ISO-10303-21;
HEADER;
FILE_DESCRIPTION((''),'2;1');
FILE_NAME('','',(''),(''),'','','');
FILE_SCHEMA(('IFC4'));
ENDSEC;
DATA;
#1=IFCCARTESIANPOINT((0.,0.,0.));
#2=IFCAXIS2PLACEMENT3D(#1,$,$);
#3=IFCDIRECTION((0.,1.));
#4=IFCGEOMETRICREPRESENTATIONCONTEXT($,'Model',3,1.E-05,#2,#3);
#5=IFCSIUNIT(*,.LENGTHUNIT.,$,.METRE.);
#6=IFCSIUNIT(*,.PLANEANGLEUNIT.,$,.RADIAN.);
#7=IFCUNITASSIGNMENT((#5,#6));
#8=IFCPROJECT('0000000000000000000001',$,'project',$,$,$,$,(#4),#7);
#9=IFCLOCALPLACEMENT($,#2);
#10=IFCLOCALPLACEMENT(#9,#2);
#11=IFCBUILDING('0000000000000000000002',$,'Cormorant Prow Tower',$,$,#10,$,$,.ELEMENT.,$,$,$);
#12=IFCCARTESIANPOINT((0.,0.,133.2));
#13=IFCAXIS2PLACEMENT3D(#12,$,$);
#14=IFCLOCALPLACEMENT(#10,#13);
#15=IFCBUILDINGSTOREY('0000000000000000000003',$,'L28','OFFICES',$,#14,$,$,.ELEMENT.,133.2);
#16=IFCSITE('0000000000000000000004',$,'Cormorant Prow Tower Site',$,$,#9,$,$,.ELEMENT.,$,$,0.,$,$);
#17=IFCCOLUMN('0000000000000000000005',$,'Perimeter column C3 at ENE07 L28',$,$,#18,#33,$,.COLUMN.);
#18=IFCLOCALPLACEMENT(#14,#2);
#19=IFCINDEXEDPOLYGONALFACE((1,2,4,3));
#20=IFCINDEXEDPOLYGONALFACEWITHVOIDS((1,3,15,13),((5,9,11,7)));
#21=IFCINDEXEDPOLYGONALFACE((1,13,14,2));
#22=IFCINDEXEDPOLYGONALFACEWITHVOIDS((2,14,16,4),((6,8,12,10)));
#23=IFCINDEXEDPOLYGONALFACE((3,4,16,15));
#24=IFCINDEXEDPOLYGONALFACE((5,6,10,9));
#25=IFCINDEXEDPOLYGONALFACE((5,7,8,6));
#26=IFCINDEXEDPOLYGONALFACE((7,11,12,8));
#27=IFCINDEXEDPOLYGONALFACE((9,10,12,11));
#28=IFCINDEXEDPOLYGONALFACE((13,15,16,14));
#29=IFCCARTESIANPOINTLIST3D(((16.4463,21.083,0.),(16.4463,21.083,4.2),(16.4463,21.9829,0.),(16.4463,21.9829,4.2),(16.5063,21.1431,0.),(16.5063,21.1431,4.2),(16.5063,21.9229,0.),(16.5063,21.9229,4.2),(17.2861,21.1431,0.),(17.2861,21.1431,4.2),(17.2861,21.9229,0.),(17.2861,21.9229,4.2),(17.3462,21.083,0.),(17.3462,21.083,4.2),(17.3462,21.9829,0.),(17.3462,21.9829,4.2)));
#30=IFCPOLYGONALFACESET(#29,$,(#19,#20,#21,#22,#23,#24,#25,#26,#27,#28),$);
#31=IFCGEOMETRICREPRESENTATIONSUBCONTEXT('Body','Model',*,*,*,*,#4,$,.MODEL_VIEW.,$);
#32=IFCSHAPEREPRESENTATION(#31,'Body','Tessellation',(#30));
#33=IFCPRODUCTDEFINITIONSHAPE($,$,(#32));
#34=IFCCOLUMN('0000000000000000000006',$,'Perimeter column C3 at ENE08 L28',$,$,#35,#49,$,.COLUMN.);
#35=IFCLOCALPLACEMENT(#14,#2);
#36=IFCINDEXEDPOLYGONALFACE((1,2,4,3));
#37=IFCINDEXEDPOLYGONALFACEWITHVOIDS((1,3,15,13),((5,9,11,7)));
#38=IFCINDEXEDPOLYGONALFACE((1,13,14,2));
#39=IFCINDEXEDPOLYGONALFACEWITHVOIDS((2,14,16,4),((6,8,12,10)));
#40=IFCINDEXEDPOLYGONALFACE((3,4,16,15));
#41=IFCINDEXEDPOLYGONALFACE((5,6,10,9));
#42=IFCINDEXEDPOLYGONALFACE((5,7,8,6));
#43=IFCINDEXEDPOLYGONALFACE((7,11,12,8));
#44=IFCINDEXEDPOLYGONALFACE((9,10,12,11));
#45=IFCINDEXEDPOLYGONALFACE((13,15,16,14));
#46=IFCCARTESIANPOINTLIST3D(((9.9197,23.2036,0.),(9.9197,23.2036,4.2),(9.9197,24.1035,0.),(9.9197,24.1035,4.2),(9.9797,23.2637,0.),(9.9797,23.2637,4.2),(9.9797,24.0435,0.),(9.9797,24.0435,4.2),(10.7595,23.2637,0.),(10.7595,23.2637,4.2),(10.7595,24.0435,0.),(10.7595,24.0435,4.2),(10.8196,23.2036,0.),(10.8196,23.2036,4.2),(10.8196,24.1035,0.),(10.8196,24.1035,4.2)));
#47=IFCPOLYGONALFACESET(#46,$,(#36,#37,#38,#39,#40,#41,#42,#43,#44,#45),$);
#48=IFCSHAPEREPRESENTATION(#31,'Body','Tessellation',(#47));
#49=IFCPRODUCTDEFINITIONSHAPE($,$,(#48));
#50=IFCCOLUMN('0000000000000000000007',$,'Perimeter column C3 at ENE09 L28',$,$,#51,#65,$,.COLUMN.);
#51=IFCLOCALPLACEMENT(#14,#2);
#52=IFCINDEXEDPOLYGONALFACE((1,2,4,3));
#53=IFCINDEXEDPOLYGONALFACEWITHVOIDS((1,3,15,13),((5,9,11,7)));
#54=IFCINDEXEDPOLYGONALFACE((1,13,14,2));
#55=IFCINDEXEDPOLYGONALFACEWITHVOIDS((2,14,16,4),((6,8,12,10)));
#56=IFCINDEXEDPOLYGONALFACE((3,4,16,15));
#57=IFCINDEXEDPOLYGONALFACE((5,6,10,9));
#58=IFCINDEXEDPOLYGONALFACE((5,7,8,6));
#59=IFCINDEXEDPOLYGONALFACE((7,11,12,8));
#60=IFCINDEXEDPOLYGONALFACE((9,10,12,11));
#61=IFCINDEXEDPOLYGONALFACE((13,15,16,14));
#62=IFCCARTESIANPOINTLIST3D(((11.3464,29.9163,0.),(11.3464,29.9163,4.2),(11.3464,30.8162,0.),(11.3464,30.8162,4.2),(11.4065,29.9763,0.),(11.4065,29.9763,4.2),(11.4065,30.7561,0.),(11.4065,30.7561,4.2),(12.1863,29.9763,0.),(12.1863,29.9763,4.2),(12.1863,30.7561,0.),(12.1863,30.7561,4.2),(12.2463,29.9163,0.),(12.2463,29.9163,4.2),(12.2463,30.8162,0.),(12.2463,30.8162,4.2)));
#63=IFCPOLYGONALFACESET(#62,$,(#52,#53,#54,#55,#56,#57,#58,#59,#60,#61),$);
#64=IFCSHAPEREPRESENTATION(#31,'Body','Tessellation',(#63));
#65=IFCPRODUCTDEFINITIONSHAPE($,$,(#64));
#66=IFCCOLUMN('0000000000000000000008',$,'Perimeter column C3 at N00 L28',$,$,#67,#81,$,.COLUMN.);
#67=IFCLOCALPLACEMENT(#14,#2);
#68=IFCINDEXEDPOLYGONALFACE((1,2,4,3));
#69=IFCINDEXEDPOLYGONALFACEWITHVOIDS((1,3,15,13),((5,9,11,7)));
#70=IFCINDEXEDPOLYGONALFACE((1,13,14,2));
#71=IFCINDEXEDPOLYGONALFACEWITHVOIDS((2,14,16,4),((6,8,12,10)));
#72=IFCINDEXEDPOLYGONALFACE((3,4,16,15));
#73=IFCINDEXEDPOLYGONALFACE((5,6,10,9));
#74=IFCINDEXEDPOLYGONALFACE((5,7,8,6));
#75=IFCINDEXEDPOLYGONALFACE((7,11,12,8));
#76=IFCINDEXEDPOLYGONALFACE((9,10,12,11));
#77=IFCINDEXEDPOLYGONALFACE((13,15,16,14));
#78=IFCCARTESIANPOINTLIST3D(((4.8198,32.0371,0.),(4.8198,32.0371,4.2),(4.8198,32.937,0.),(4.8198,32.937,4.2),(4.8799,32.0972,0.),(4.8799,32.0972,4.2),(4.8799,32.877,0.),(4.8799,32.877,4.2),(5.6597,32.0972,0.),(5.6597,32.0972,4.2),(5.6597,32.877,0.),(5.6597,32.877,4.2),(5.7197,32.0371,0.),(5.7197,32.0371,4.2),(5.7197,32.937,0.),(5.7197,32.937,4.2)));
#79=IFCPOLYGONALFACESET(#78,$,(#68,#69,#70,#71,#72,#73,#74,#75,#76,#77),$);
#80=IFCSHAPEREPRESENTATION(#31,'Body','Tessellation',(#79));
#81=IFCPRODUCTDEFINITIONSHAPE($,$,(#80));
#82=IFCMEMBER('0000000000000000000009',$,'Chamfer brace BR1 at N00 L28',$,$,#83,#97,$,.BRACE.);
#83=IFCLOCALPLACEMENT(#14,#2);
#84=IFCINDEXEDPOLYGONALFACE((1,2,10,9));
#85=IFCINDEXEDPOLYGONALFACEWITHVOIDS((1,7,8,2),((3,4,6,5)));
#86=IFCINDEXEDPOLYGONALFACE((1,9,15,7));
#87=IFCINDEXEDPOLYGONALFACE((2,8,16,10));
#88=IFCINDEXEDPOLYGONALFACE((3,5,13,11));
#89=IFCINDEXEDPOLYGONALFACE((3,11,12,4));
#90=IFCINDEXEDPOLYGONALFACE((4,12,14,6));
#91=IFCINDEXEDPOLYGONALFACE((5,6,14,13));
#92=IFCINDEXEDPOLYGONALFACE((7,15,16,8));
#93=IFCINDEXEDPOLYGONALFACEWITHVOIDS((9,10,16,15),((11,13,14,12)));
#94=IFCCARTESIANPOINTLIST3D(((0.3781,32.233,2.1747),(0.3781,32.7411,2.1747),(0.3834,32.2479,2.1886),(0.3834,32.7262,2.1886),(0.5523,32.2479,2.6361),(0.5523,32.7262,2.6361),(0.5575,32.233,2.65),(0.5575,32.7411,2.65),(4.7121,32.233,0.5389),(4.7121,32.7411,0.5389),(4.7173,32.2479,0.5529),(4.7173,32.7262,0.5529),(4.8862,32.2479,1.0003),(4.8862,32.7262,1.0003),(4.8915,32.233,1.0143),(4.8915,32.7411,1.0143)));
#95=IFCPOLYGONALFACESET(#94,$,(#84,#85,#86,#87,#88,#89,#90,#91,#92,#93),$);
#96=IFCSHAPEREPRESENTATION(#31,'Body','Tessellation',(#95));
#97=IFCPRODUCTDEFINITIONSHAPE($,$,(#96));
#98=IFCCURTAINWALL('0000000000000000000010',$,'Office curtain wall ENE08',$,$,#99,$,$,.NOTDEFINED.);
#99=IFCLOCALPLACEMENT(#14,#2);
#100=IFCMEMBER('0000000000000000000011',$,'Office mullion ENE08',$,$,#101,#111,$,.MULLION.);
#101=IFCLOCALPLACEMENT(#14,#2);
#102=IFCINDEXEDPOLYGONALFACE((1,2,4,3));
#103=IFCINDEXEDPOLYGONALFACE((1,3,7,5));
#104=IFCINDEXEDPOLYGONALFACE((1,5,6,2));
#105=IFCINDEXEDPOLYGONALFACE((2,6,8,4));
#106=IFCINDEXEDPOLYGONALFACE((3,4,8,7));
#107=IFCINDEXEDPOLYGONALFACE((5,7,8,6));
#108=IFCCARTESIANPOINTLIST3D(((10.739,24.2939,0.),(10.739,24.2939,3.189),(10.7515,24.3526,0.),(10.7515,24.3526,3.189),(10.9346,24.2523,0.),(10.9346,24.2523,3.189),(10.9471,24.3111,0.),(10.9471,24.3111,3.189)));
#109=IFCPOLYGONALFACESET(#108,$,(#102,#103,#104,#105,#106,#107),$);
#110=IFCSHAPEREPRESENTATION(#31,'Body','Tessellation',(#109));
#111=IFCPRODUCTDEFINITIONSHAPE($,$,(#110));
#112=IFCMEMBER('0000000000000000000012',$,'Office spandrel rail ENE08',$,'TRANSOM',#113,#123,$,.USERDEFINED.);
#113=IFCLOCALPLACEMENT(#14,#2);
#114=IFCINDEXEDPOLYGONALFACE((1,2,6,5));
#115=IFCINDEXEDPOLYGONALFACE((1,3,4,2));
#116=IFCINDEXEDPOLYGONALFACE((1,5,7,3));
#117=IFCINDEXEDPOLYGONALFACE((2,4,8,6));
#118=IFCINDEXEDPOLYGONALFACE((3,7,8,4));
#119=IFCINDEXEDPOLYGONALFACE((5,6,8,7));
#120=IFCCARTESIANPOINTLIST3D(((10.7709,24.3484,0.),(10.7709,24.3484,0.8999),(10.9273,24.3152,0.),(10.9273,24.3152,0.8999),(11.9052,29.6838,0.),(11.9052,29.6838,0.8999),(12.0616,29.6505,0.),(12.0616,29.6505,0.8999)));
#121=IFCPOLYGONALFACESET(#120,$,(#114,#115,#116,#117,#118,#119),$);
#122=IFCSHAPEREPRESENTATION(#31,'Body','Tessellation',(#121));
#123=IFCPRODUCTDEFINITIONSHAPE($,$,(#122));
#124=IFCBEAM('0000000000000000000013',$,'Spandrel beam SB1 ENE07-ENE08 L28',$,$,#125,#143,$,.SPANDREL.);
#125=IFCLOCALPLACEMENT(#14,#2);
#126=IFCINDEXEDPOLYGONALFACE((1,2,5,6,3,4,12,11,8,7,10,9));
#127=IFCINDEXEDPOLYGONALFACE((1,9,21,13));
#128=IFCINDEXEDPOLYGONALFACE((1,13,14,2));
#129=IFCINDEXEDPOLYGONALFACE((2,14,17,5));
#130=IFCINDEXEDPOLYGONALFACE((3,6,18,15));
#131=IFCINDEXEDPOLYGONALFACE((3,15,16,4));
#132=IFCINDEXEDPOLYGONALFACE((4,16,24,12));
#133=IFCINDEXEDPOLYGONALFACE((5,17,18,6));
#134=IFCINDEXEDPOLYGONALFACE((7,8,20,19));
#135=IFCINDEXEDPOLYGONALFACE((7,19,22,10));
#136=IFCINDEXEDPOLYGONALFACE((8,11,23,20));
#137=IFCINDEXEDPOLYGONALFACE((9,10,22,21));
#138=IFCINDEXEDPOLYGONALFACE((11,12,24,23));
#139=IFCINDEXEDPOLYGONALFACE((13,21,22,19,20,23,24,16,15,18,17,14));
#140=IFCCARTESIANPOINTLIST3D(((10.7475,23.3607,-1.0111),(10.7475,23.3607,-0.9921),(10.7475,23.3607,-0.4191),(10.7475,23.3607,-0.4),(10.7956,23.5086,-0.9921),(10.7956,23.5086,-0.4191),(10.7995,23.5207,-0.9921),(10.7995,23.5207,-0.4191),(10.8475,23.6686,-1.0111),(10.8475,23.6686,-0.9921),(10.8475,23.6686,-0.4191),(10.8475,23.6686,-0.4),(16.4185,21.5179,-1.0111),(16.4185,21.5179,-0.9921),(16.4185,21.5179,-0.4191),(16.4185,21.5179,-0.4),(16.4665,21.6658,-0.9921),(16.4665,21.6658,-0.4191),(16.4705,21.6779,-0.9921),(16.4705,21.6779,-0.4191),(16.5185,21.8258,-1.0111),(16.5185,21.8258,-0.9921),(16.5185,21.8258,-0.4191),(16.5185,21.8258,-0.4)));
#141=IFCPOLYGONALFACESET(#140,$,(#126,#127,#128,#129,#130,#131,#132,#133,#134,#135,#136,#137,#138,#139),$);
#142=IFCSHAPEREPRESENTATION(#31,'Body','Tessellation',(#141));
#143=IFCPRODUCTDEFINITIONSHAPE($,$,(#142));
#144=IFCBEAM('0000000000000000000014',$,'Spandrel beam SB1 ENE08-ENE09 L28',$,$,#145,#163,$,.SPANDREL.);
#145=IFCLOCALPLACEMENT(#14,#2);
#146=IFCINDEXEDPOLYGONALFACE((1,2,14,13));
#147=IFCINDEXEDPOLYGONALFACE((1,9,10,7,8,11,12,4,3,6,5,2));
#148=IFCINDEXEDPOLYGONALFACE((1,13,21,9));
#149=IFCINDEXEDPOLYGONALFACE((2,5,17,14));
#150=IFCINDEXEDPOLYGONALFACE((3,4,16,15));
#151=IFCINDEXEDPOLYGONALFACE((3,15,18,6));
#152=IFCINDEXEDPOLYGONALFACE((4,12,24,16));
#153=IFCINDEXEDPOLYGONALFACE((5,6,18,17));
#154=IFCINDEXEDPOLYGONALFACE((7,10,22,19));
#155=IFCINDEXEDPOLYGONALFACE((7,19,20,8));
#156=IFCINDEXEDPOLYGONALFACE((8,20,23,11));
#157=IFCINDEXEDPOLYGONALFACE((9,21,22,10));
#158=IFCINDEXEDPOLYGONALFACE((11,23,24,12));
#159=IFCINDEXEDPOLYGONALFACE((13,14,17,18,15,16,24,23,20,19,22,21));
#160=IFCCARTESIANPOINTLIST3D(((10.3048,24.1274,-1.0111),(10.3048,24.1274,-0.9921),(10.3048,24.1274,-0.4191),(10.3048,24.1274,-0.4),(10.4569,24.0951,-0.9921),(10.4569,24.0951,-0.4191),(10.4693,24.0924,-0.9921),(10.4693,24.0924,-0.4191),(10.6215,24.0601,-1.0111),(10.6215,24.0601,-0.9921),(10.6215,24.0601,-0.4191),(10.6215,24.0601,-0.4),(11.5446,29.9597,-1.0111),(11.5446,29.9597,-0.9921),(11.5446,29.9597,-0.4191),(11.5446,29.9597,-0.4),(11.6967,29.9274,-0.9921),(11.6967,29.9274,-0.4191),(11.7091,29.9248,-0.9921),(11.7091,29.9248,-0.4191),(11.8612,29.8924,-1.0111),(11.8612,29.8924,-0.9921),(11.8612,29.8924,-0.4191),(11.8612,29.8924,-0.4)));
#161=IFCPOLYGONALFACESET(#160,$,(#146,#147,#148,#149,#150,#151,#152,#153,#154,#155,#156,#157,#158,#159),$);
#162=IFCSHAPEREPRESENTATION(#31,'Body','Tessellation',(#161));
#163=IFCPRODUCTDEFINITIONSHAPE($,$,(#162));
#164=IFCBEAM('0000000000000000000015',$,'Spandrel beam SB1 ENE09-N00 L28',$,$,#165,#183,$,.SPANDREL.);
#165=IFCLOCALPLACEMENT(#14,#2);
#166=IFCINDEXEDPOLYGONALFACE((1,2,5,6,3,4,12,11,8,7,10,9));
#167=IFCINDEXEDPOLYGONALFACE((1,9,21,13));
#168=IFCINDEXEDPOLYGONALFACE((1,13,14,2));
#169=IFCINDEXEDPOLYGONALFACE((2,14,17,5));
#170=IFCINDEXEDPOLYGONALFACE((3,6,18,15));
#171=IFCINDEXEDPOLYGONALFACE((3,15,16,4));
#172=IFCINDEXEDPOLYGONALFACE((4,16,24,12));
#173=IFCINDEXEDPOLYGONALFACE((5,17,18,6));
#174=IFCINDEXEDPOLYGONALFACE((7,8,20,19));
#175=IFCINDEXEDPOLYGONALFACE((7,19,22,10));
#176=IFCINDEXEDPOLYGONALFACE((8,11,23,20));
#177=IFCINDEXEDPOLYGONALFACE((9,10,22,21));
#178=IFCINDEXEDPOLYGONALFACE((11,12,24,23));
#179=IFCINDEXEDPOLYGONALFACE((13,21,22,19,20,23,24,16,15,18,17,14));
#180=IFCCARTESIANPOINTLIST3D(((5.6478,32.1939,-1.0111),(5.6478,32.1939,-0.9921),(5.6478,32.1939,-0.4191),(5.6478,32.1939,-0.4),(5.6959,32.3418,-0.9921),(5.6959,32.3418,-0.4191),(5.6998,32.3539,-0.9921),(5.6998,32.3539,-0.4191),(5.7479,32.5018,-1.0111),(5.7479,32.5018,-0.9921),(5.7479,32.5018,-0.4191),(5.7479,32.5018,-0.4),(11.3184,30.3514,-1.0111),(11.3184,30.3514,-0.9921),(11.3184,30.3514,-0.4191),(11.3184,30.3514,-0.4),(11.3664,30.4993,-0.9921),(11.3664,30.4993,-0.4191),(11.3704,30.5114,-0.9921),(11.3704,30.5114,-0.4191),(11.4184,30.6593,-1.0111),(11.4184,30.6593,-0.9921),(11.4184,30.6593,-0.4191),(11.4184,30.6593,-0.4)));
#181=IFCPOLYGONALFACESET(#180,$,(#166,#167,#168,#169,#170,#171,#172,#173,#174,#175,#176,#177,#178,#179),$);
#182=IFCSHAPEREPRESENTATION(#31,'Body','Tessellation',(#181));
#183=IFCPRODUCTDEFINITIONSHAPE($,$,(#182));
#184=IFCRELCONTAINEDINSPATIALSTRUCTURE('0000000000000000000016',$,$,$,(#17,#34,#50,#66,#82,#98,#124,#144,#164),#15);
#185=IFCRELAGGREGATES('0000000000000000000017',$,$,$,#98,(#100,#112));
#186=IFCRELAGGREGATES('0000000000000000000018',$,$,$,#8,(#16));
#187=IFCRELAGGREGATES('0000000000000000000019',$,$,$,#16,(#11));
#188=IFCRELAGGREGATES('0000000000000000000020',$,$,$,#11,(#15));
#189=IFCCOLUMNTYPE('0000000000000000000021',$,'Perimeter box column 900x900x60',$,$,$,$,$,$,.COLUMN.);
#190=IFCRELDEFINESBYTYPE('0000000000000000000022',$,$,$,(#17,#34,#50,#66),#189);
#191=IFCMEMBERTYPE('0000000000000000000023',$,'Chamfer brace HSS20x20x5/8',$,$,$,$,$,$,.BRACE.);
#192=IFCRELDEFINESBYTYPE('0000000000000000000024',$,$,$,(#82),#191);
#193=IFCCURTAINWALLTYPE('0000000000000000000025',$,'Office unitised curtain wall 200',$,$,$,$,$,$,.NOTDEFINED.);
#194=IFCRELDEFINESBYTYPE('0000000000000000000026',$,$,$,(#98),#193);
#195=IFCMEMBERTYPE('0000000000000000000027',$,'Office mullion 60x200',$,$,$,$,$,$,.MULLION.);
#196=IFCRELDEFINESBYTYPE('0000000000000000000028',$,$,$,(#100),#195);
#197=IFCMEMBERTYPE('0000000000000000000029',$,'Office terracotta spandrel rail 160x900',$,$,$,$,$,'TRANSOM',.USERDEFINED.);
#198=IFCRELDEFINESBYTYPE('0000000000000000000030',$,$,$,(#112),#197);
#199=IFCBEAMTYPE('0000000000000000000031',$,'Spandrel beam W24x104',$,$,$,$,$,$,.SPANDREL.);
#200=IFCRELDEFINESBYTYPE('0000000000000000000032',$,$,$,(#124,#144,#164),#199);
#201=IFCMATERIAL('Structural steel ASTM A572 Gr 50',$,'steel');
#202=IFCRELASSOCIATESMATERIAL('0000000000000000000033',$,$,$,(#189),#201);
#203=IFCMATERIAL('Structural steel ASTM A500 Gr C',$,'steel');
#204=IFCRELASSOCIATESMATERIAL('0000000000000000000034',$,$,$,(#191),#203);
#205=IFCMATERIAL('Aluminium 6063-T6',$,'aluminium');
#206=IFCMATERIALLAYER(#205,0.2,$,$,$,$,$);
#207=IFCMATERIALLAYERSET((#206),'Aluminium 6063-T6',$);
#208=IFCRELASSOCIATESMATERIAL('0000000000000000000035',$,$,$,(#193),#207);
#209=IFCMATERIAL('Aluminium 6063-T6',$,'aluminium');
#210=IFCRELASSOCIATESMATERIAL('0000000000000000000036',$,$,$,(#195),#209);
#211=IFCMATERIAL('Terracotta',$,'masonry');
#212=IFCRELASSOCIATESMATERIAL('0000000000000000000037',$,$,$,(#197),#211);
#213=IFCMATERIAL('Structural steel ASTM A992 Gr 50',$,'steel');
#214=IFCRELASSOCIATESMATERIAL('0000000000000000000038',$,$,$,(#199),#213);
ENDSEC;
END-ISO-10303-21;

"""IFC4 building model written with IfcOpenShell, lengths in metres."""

from ifc_helpers import new_model, si_unit, direction, frame, origin, origin_2d, place, context, subcontext, project, spatial, rectangle, hollow_rectangle, i_section, extrude, material, layer, layer_set, material_profile, profile_set, type_object, element, aggregate, save


model = new_model("IFC4")

# Units and contexts
model_context = context("Model", 3, precision=1e-05, world=origin(), true_north=direction((0.0, 1.0)))
body_context = subcontext(model_context, "Body", "Model", "MODEL_VIEW")
ifc_project = project(units=[si_unit("LENGTHUNIT", "METRE"), si_unit("PLANEANGLEUNIT", "RADIAN")], contexts=[model_context])

# Site, building, storey
site_placement = place(None, origin())
site = spatial("IfcSite", under=ifc_project, at=site_placement, Name="Cormorant Prow Tower Site", CompositionType="ELEMENT", RefElevation=0.0)
building_placement = place(site_placement, origin())
building = spatial("IfcBuilding", under=site, at=building_placement, Name="Cormorant Prow Tower", CompositionType="ELEMENT")
storey_placement = place(building_placement, frame((0.0, 0.0, 133.2)))
storey = spatial("IfcBuildingStorey", under=building, at=storey_placement, Name="L28", Description="OFFICES", CompositionType="ELEMENT", Elevation=133.2)

# Columns
ifc_material_1 = material(Name="Structural steel ASTM A572 Gr 50", Category="steel")
ifc_material_profile_1 = material_profile(ifc_material_1, hollow_rectangle(XDim=0.8999, YDim=0.8999, WallThickness=0.0601, at=origin_2d()), Name="Box 900x900x60")
ifc_profile_set_1 = profile_set([ifc_material_profile_1], Name="Structural steel ASTM A572 Gr 50")
column_type = type_object("IfcColumnType", Name="Perimeter box column 900x900x60", PredefinedType="COLUMN", material=ifc_profile_set_1)
for number, where, z_axis, x_axis, name in (
    (1, (16.8962, 21.533, 0.0), (0.0, 0.0, 1.0), (1.0, 0.0, 0.0), "Perimeter column C3 at ENE07 L28"),
    (2, (10.3696, 23.6536, 0.0), (0.0, 0.0, 1.0), (1.0, 0.0, 0.0), "Perimeter column C3 at ENE08 L28"),
    (3, (11.7964, 30.3662, 0.0), (0.0, 0.0, 1.0), (1.0, 0.0, 0.0), "Perimeter column C3 at ENE09 L28"),
    (4, (5.2698, 32.4871, 0.0), (0.0, 0.0, 1.0), (1.0, 0.0, 0.0), "Perimeter column C3 at N00 L28"),
):
    element("IfcColumn", number, at=place(storey_placement, frame(where, z_axis=z_axis, x_axis=x_axis)), inside=storey, type_object=column_type, Name=name, PredefinedType="COLUMN", context=body_context, shape_type="SweptSolid", body=[
        extrude(hollow_rectangle(XDim=0.8999, YDim=0.8999, WallThickness=0.0601, at=origin_2d()), origin(), (0.0, 0.0, 1.0), 4.2),
    ])

# Member
ifc_material_2 = material(Name="Structural steel ASTM A500 Gr C", Category="steel")
ifc_material_profile_2 = material_profile(ifc_material_2, hollow_rectangle(XDim=0.5081, YDim=0.5081, WallThickness=0.0149, at=origin_2d()), Name="HSS20x20x5/8")
ifc_profile_set_2 = profile_set([ifc_material_profile_2], Name="Structural steel ASTM A500 Gr C")
member_type_1 = type_object("IfcMemberType", Name="Chamfer brace HSS20x20x5/8", PredefinedType="BRACE", material=ifc_profile_set_2)
member_1_placement = place(storey_placement, frame((4.8018, 32.4871, 0.7766), z_axis=(-0.935582, 0.0, 0.353109), x_axis=(0.0, -1.0, 0.0)))
element("IfcMember", 5, at=member_1_placement, inside=storey, type_object=member_type_1, Name="Chamfer brace BR1 at N00 L28", PredefinedType="BRACE", context=body_context, shape_type="SweptSolid", body=[
    extrude(hollow_rectangle(XDim=0.5081, YDim=0.5081, WallThickness=0.0149, at=origin_2d()), origin(), (0.0, 0.0, 1.0), 4.6323),
])

# Curtain wall, members
ifc_material_3 = material(Name="Aluminium 6063-T6", Category="aluminium")
ifc_layer_1 = layer(ifc_material_3, 0.2)
ifc_layer_set_1 = layer_set([ifc_layer_1], Name="Aluminium 6063-T6")
curtain_wall_type = type_object("IfcCurtainWallType", Name="Office unitised curtain wall 200", PredefinedType="NOTDEFINED", material=ifc_layer_set_1)
curtain_wall_1_placement = place(storey_placement, origin())
curtain_wall_1 = element("IfcCurtainWall", 6, at=curtain_wall_1_placement, inside=storey, type_object=curtain_wall_type, Name="Office curtain wall ENE08", PredefinedType="NOTDEFINED")
ifc_material_4 = material(Name="Aluminium 6063-T6", Category="aluminium")
ifc_material_profile_3 = material_profile(ifc_material_4, rectangle(XDim=0.2, YDim=0.0601, at=origin_2d()), Name="Office mullion 60x200")
ifc_profile_set_3 = profile_set([ifc_material_profile_3], Name="Aluminium 6063-T6")
member_type_2 = type_object("IfcMemberType", Name="Office mullion 60x200", PredefinedType="MULLION", material=ifc_profile_set_3)
member_2_placement = place(storey_placement, frame((10.843, 24.3025, 0.0), z_axis=(0.0, 0.0, 1.0), x_axis=(-0.978148, 0.207912, 0.0)))
member_2 = element("IfcMember", 7, at=member_2_placement, type_object=member_type_2, Name="Office mullion ENE08", PredefinedType="MULLION", context=body_context, shape_type="SweptSolid", body=[
    extrude(rectangle(XDim=0.2, YDim=0.0601, at=origin_2d()), origin(), (0.0, 0.0, 1.0), 3.189),
])
ifc_material_5 = material(Name="Terracotta", Category="masonry")
ifc_material_profile_4 = material_profile(ifc_material_5, rectangle(XDim=0.1599, YDim=0.8999, at=origin_2d()), Name="Office terracotta spandrel rail 160x900")
ifc_profile_set_4 = profile_set([ifc_material_profile_4], Name="Terracotta")
member_type_3 = type_object("IfcMemberType", Name="Office terracotta spandrel rail 160x900", ElementType="TRANSOM", PredefinedType="USERDEFINED", material=ifc_profile_set_4)
member_3_placement = place(storey_placement, frame((10.8491, 24.3318, 0.45), z_axis=(0.207945, 0.97814, 0.0), x_axis=(-0.97814, 0.207945, 0.0)))
member_3 = element("IfcMember", 8, at=member_3_placement, type_object=member_type_3, Name="Office spandrel rail ENE08", ObjectType="TRANSOM", PredefinedType="USERDEFINED", context=body_context, shape_type="SweptSolid", body=[
    extrude(rectangle(XDim=0.1599, YDim=0.8999, at=origin_2d()), origin(), (0.0, 0.0, 1.0), 5.4546),
])

# Beams
ifc_material_6 = material(Name="Structural steel ASTM A992 Gr 50", Category="steel")
ifc_material_profile_5 = material_profile(ifc_material_6, i_section(OverallWidth=0.3237, OverallDepth=0.6111, WebThickness=0.0127, FlangeThickness=0.019, at=origin_2d()), Name="W24x104")
ifc_profile_set_5 = profile_set([ifc_material_profile_5], Name="Structural steel ASTM A992 Gr 50")
beam_type = type_object("IfcBeamType", Name="Spandrel beam W24x104", PredefinedType="SPANDREL", material=ifc_profile_set_5)
beam_1_placement = place(storey_placement, frame((16.4685, 21.6719, -0.7056), z_axis=(-0.951047, 0.309045, 0.0), x_axis=(-0.309045, -0.951047, 0.0)))
element("IfcBeam", 9, at=beam_1_placement, inside=storey, type_object=beam_type, Name="Spandrel beam SB1 ENE07-ENE08 L28", PredefinedType="SPANDREL", context=body_context, shape_type="SweptSolid", body=[
    extrude(i_section(OverallWidth=0.3237, OverallDepth=0.6111, WebThickness=0.0127, FlangeThickness=0.019, at=origin_2d()), origin(), (0.0, 0.0, 1.0), 5.9629),
])
beam_2_placement = place(storey_placement, frame((10.4631, 24.0938, -0.7056), z_axis=(0.207921, 0.978146, 0.0), x_axis=(-0.978146, 0.207921, 0.0)))
element("IfcBeam", 10, at=beam_2_placement, inside=storey, type_object=beam_type, Name="Spandrel beam SB1 ENE08-ENE09 L28", PredefinedType="SPANDREL", context=body_context, shape_type="SweptSolid", body=[
    extrude(i_section(OverallWidth=0.3237, OverallDepth=0.6111, WebThickness=0.0127, FlangeThickness=0.019, at=origin_2d()), origin(), (0.0, 0.0, 1.0), 5.9626),
])
beam_3_placement = place(storey_placement, frame((11.3684, 30.5054, -0.7056), z_axis=(-0.951055, 0.30902, 0.0), x_axis=(-0.30902, -0.951055, 0.0)))
element("IfcBeam", 11, at=beam_3_placement, inside=storey, type_object=beam_type, Name="Spandrel beam SB1 ENE09-N00 L28", PredefinedType="SPANDREL", context=body_context, shape_type="SweptSolid", body=[
    extrude(i_section(OverallWidth=0.3237, OverallDepth=0.6111, WebThickness=0.0127, FlangeThickness=0.019, at=origin_2d()), origin(), (0.0, 0.0, 1.0), 5.9624),
])

aggregate(curtain_wall_1, [member_2, member_3])

save(model, "model.ifc")
